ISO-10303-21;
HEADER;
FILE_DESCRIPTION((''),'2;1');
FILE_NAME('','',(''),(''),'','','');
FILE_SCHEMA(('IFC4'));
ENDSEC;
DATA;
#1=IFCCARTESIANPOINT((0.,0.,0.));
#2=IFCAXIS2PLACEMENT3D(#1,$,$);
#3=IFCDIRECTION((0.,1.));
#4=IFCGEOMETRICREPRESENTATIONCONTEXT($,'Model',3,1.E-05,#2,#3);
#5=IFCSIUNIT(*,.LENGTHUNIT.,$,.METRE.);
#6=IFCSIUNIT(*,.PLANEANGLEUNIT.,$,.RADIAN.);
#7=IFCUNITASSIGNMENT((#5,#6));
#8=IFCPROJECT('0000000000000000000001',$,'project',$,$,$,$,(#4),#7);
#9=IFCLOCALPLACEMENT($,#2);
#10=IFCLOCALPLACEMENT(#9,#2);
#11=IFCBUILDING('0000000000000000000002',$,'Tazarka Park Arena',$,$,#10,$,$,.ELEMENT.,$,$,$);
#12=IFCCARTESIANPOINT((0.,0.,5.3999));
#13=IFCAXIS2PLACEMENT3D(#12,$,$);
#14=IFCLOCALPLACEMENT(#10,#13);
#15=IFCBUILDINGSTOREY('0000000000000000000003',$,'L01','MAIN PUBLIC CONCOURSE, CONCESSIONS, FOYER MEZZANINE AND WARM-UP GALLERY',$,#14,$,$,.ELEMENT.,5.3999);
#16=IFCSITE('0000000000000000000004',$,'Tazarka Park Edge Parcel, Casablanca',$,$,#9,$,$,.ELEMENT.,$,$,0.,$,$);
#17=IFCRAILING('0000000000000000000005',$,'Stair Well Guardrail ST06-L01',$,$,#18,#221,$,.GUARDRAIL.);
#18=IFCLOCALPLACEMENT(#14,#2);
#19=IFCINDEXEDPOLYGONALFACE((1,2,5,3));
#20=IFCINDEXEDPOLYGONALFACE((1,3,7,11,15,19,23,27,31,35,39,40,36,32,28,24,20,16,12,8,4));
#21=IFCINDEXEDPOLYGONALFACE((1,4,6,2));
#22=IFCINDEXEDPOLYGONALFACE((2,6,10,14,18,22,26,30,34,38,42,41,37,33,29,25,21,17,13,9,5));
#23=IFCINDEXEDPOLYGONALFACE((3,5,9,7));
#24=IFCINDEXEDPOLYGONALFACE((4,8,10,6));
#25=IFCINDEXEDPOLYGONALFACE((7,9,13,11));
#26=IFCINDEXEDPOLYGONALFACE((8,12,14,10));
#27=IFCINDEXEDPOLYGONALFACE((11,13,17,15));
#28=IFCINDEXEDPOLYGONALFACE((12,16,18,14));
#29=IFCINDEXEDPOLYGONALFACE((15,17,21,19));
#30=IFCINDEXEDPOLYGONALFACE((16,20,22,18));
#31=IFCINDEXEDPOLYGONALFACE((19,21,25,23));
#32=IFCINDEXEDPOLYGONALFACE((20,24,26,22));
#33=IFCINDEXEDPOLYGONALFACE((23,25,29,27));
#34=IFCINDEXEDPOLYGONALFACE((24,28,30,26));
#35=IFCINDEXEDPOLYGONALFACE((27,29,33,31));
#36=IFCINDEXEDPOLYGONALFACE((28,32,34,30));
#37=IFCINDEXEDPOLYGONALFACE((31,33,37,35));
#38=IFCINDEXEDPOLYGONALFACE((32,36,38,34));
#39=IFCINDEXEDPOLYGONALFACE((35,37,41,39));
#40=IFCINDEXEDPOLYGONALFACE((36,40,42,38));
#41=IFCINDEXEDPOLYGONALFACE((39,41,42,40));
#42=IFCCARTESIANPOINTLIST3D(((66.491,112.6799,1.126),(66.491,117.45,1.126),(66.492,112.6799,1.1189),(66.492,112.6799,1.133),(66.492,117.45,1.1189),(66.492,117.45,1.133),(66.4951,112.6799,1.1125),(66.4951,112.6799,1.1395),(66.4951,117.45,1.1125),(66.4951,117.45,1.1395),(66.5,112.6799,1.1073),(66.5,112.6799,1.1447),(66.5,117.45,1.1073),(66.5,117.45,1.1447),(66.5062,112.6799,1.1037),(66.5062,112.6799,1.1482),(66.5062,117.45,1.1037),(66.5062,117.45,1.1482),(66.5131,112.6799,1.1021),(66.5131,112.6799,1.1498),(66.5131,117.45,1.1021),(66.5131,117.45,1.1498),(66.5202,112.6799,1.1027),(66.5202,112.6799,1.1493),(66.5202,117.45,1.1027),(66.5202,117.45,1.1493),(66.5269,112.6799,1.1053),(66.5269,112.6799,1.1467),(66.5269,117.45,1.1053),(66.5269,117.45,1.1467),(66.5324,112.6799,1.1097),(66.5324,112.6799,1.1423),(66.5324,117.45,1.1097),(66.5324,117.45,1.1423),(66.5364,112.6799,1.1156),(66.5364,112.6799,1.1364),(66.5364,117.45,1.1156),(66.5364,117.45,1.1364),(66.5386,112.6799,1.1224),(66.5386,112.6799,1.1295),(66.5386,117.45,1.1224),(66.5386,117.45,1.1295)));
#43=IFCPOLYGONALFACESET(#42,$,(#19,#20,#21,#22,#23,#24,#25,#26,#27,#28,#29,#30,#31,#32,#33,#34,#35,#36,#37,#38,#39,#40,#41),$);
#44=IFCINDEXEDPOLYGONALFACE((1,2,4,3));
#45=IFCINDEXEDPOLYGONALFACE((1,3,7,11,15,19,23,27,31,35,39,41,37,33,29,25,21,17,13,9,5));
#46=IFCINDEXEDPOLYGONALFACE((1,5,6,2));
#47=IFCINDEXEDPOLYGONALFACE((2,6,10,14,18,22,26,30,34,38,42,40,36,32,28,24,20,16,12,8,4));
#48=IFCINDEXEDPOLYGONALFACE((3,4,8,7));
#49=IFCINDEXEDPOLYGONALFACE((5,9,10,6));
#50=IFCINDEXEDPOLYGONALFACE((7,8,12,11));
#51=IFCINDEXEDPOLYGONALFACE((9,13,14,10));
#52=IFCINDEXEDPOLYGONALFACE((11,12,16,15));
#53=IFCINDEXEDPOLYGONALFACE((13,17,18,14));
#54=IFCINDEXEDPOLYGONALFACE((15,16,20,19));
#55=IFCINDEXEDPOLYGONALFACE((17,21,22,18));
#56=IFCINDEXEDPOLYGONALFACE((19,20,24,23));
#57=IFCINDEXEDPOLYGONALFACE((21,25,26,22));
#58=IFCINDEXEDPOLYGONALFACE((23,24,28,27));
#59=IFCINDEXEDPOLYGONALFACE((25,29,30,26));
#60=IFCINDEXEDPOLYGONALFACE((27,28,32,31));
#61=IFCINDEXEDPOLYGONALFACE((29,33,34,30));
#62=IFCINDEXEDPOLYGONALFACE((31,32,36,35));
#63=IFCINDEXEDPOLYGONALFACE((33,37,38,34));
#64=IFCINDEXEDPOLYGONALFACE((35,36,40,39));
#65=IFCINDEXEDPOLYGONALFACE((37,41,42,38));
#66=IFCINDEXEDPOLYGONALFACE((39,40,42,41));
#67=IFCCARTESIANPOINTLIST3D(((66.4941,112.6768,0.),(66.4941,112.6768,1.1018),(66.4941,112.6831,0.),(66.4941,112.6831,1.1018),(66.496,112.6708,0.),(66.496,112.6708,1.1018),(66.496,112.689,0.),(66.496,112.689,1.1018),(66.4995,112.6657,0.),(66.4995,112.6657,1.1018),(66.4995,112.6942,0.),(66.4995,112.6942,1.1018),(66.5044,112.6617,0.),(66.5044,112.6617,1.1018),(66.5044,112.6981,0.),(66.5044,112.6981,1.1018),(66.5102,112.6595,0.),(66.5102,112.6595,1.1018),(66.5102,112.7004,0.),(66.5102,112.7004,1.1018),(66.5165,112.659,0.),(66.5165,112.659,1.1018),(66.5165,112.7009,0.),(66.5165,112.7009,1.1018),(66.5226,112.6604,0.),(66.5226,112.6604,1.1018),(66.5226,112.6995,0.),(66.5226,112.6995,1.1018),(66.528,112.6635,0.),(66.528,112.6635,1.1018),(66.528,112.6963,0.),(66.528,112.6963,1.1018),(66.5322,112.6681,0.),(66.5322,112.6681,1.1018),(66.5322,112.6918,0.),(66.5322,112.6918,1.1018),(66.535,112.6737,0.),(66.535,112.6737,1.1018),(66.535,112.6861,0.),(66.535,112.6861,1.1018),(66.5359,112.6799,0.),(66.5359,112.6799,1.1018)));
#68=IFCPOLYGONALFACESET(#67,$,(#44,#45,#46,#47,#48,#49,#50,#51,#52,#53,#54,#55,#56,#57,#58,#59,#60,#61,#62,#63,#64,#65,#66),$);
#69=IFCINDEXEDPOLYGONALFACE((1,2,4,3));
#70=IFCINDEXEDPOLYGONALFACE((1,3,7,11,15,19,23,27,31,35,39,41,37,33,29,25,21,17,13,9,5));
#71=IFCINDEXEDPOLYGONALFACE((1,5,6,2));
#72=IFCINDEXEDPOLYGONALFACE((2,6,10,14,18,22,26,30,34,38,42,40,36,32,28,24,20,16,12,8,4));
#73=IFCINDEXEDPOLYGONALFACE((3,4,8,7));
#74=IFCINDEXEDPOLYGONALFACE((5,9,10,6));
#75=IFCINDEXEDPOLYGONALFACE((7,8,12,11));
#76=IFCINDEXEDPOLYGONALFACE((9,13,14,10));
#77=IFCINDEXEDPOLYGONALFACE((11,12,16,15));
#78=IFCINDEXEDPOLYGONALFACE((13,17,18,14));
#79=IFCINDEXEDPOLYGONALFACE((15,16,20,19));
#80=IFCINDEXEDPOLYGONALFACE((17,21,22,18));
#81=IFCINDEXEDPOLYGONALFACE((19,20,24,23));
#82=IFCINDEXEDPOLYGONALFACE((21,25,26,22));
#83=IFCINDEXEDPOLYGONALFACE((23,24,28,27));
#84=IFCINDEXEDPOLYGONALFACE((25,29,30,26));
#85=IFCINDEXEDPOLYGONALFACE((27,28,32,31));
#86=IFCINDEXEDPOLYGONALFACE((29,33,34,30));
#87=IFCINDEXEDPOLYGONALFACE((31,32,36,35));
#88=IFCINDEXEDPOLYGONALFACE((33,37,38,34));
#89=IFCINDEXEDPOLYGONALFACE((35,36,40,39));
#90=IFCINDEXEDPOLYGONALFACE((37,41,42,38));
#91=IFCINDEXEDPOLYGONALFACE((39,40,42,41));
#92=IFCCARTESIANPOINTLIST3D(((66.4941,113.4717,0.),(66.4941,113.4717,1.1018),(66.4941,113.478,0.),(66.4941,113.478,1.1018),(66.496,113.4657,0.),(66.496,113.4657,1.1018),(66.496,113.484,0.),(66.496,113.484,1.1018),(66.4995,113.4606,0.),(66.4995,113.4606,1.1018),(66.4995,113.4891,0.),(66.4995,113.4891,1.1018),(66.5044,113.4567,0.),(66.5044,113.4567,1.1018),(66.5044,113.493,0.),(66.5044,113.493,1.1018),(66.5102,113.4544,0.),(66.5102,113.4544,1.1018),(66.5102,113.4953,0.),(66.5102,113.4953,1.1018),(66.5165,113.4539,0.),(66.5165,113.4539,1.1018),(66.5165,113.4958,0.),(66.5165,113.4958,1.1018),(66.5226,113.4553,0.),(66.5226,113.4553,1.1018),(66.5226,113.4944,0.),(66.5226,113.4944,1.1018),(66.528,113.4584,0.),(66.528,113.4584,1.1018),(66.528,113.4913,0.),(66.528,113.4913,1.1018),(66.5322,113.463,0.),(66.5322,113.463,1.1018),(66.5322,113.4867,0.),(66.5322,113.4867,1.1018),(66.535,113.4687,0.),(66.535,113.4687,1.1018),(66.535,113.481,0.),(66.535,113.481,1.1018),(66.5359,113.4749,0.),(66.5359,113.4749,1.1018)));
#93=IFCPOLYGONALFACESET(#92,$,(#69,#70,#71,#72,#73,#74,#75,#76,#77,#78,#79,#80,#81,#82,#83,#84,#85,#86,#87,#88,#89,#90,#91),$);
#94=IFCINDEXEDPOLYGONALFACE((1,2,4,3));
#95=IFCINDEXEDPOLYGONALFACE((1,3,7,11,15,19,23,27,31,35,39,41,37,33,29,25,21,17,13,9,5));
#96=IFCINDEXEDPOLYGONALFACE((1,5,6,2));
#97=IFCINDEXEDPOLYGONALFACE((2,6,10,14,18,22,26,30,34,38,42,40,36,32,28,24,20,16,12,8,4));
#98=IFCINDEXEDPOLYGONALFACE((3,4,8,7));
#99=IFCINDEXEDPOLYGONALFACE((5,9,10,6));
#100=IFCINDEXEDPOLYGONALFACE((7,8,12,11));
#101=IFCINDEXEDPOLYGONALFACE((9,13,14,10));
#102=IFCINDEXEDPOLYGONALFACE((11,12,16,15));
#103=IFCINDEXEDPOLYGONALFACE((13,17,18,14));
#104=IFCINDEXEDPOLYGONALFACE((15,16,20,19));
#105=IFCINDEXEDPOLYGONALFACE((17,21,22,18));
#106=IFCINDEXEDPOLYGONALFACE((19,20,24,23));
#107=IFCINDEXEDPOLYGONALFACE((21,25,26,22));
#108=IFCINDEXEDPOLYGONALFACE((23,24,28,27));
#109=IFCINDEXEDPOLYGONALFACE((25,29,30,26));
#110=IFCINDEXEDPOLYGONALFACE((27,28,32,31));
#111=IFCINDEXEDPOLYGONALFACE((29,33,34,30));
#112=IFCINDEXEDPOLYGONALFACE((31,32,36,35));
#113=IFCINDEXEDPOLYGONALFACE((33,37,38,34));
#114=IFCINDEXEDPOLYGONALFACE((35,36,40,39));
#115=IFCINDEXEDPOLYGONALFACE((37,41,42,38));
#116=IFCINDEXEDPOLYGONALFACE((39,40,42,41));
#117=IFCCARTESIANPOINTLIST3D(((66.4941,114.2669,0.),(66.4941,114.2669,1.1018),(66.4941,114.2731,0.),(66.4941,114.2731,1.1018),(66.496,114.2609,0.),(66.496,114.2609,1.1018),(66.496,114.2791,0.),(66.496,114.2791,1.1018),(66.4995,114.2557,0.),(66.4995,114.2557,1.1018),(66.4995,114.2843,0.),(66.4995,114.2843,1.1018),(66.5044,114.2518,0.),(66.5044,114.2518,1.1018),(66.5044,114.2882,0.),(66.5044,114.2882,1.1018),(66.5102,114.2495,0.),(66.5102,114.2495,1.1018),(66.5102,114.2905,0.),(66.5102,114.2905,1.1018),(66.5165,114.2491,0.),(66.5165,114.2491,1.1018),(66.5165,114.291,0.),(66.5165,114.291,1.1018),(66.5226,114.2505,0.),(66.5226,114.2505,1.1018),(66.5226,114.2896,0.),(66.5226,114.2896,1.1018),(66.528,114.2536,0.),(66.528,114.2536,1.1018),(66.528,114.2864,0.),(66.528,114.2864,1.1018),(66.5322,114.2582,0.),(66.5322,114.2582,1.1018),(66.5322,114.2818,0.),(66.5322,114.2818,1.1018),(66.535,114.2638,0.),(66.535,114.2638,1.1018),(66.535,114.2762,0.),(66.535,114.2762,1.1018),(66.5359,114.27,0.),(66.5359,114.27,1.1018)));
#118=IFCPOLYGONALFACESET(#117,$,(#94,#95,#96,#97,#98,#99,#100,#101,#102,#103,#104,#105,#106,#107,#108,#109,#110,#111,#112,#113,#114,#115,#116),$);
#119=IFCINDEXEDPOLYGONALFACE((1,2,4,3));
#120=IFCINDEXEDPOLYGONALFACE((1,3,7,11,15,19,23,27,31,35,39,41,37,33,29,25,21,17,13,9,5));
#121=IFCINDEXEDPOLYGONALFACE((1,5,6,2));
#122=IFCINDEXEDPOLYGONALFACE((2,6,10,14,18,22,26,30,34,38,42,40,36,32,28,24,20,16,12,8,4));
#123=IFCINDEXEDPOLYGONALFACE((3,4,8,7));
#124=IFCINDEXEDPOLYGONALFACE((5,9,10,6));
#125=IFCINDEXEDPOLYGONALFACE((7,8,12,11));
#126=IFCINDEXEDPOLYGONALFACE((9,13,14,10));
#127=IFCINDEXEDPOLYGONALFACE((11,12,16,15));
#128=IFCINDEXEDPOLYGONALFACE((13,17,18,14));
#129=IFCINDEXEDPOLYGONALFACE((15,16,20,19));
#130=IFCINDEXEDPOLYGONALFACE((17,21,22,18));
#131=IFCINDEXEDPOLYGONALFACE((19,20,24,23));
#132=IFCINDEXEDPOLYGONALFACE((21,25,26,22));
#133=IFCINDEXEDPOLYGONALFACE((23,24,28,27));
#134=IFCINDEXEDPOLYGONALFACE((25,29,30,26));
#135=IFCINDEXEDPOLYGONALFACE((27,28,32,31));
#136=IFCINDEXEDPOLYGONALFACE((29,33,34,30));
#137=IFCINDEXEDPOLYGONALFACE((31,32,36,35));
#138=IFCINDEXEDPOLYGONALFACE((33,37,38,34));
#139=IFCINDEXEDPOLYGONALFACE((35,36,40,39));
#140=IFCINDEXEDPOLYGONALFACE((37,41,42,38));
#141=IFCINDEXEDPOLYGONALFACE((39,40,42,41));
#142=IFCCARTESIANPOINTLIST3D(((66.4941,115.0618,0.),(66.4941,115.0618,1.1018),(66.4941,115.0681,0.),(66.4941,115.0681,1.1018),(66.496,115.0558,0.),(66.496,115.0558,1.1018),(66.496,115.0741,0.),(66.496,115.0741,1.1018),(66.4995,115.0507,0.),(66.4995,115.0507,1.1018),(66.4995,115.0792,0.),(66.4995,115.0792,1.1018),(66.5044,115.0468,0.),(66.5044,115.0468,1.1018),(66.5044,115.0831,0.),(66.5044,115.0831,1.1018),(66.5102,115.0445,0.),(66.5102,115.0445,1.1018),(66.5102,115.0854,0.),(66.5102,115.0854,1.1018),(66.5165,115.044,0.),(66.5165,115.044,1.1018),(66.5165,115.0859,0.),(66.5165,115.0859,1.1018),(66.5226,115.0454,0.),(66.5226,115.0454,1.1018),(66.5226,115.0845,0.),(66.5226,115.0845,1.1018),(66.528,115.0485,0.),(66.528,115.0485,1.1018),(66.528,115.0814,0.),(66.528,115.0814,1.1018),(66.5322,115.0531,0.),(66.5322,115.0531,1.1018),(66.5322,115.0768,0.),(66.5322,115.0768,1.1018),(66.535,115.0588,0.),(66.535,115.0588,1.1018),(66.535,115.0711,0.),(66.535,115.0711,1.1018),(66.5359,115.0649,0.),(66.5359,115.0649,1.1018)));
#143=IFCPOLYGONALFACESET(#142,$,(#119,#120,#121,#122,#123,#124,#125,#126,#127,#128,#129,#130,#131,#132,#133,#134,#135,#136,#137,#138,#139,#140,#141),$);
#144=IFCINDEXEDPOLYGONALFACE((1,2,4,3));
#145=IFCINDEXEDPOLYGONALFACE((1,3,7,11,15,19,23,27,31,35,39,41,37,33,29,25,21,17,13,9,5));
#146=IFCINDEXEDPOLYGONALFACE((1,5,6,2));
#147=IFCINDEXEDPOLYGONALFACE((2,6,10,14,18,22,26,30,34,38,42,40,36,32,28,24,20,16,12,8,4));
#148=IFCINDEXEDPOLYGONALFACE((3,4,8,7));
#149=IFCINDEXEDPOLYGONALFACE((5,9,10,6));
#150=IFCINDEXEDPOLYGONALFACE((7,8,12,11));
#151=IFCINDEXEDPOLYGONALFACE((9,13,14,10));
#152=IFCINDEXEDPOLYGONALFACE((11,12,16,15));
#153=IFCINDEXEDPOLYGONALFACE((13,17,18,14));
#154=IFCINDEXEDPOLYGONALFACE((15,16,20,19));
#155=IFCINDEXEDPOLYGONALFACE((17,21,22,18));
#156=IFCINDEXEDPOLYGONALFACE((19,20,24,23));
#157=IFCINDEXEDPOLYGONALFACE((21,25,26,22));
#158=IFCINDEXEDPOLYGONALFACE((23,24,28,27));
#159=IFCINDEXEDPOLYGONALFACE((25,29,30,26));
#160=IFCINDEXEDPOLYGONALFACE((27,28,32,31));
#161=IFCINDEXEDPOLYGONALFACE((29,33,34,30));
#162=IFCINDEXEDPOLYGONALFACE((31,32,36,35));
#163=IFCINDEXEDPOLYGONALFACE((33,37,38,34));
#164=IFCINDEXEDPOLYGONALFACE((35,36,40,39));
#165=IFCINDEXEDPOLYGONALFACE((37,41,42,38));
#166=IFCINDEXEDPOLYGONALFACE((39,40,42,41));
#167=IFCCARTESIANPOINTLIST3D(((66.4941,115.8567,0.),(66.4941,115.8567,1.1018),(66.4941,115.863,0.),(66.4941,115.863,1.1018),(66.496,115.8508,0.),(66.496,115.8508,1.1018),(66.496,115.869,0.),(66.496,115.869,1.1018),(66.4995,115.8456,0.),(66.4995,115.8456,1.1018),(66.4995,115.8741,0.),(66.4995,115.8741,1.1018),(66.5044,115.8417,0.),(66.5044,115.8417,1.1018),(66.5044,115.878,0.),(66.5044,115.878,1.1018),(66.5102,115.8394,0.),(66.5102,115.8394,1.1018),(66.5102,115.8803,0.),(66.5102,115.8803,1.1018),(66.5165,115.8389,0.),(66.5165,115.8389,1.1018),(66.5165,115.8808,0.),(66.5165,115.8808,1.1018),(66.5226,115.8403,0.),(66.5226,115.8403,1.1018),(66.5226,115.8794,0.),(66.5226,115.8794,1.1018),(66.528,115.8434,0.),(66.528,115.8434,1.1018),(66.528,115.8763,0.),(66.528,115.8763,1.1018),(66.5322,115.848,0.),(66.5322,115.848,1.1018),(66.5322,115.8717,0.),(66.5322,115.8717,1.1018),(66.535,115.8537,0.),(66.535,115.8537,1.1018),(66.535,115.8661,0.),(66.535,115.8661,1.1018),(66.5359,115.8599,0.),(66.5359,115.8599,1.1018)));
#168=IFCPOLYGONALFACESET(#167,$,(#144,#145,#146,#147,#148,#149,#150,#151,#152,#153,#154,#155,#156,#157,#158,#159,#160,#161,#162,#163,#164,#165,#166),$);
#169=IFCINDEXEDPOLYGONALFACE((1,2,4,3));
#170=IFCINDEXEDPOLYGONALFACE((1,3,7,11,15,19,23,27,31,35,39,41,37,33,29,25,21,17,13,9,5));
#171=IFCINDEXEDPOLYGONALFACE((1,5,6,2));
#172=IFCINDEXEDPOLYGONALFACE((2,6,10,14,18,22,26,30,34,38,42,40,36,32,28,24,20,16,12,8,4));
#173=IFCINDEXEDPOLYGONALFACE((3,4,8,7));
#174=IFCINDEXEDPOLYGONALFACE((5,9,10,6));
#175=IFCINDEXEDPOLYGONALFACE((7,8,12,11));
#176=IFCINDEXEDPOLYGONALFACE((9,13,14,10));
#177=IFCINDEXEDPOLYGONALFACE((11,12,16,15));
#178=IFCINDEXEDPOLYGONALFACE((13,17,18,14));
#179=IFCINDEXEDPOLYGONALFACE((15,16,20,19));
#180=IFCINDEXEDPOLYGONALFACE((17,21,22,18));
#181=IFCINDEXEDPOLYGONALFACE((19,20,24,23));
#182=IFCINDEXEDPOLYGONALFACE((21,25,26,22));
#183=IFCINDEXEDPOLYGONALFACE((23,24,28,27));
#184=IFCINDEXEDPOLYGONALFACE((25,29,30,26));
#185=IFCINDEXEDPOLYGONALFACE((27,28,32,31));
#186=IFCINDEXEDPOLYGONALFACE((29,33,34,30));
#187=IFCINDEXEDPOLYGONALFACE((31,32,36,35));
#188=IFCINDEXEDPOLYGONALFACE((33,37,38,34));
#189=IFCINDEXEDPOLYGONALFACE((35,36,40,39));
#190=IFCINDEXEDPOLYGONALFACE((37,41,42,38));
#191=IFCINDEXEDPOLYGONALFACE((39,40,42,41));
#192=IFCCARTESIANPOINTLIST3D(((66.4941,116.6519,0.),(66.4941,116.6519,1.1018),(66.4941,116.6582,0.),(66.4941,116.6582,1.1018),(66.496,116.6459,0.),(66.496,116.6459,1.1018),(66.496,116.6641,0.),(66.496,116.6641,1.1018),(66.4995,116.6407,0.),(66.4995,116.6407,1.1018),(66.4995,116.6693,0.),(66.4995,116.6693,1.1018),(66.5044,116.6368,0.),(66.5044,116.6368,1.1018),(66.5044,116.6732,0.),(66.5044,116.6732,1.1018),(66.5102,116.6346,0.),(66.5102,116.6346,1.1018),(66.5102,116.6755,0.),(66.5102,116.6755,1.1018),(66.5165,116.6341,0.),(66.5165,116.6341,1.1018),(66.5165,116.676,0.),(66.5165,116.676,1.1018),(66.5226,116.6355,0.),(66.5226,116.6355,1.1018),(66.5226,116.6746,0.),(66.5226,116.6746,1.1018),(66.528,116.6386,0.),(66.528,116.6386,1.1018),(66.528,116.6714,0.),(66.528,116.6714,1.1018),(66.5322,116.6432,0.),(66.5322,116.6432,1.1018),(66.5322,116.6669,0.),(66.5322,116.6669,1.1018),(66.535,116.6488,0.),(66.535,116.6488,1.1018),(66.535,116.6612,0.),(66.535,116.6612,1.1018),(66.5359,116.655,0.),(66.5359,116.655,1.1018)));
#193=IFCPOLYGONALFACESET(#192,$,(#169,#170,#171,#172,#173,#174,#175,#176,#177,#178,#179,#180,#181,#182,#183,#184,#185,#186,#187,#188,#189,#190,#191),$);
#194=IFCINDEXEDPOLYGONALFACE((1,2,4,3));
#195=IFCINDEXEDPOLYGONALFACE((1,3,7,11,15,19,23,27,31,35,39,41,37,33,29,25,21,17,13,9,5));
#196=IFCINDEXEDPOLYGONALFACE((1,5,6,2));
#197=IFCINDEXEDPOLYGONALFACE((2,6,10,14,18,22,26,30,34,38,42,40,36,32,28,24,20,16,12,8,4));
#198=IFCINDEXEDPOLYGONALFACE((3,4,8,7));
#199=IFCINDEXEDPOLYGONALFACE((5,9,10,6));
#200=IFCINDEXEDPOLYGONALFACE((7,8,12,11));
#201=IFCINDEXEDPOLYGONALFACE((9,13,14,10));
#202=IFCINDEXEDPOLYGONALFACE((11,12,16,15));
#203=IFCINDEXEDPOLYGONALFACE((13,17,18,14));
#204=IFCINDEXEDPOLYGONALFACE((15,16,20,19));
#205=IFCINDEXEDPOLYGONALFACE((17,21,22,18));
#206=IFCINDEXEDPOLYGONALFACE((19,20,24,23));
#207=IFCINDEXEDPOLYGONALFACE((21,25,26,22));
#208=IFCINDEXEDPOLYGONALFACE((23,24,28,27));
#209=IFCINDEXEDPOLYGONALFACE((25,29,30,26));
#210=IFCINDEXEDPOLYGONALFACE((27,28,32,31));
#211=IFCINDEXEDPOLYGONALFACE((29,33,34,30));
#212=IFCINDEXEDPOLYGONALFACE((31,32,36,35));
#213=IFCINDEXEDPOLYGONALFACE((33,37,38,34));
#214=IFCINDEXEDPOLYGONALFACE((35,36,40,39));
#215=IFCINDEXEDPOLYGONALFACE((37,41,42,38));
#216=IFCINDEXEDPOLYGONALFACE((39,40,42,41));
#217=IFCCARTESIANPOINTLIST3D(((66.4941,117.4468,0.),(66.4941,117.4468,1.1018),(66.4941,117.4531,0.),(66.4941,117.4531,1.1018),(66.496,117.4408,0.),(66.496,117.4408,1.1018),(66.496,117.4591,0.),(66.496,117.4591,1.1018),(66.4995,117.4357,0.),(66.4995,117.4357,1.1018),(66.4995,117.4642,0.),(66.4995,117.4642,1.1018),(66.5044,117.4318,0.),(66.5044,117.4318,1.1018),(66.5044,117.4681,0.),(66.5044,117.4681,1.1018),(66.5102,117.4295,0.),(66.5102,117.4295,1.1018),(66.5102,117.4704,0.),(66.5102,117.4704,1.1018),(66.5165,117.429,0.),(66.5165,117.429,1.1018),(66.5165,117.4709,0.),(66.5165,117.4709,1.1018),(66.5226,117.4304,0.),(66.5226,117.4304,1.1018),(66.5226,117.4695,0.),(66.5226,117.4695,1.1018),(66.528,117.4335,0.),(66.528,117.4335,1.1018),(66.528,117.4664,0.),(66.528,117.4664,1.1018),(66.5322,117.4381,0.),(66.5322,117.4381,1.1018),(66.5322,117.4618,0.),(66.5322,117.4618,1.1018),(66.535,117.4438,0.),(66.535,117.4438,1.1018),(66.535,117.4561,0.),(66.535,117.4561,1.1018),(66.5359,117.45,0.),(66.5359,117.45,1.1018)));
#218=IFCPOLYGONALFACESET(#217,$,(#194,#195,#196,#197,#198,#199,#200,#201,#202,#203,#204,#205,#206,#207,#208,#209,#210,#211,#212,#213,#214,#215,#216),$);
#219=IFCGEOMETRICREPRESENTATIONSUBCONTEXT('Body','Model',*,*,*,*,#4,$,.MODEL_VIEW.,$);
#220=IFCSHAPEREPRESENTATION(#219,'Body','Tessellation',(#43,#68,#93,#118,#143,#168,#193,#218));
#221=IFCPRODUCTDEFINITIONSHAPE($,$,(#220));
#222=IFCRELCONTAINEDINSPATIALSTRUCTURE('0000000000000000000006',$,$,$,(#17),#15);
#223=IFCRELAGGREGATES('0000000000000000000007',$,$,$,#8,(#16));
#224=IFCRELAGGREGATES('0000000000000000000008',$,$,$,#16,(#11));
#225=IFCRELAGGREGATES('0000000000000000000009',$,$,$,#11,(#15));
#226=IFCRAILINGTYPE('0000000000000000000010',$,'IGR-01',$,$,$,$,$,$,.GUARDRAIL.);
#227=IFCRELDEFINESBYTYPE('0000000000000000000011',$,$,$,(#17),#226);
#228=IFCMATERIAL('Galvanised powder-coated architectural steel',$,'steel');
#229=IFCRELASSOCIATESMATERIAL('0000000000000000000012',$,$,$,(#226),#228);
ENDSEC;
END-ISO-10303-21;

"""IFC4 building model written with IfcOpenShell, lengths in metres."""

from ifc_helpers import new_model, si_unit, direction, frame, origin, origin_2d, place, context, subcontext, project, spatial, circle, extrude, material, type_object, element, save


model = new_model("IFC4")

# Units and contexts
model_context = context("Model", 3, precision=1e-05, world=origin(), true_north=direction((0.0, 1.0)))
body_context = subcontext(model_context, "Body", "Model", "MODEL_VIEW")
ifc_project = project(units=[si_unit("LENGTHUNIT", "METRE"), si_unit("PLANEANGLEUNIT", "RADIAN")], contexts=[model_context])

# Site, building, storey
site_placement = place(None, origin())
site = spatial("IfcSite", under=ifc_project, at=site_placement, Name="Tazarka Park Edge Parcel, Casablanca", CompositionType="ELEMENT", RefElevation=0.0)
building_placement = place(site_placement, origin())
building = spatial("IfcBuilding", under=site, at=building_placement, Name="Tazarka Park Arena", CompositionType="ELEMENT")
storey_placement = place(building_placement, frame((0.0, 0.0, 5.3999)))
storey = spatial("IfcBuildingStorey", under=building, at=storey_placement, Name="L01", Description="MAIN PUBLIC CONCOURSE, CONCESSIONS, FOYER MEZZANINE AND WARM-UP GALLERY", CompositionType="ELEMENT", Elevation=5.3999)

# Railing
ifc_material_1 = material(Name="Galvanised powder-coated architectural steel", Category="steel")
railing_type = type_object("IfcRailingType", Name="IGR-01", PredefinedType="GUARDRAIL", material=ifc_material_1)
railing_1_placement = place(storey_placement, frame((66.5149, 112.6799, 0.0)))
element("IfcRailing", 1, at=railing_1_placement, inside=storey, type_object=railing_type, Name="Stair Well Guardrail ST06-L01", PredefinedType="GUARDRAIL", context=body_context, shape_type="SweptSolid", body=[
    extrude(circle(Radius=0.0239, at=origin_2d()), frame((0.0, 0.0, 1.126), z_axis=(0.0, 1.0, 0.0), x_axis=(-1.0, 0.0, 0.0)), (0.0, 0.0, 1.0), 4.77),
    extrude(circle(Radius=0.021, at=origin_2d()), origin(), (0.0, 0.0, 1.0), 1.1018),
    extrude(circle(Radius=0.021, at=origin_2d()), frame((0.0, 0.7949, 0.0)), (0.0, 0.0, 1.0), 1.1018),
    extrude(circle(Radius=0.021, at=origin_2d()), frame((0.0, 1.5901, 0.0)), (0.0, 0.0, 1.0), 1.1018),
    extrude(circle(Radius=0.021, at=origin_2d()), frame((0.0, 2.385, 0.0)), (0.0, 0.0, 1.0), 1.1018),
    extrude(circle(Radius=0.021, at=origin_2d()), frame((0.0, 3.1799, 0.0)), (0.0, 0.0, 1.0), 1.1018),
    extrude(circle(Radius=0.021, at=origin_2d()), frame((0.0, 3.9751, 0.0)), (0.0, 0.0, 1.0), 1.1018),
    extrude(circle(Radius=0.021, at=origin_2d()), frame((0.0, 4.77, 0.0)), (0.0, 0.0, 1.0), 1.1018),
])

save(model, "model.ifc")
